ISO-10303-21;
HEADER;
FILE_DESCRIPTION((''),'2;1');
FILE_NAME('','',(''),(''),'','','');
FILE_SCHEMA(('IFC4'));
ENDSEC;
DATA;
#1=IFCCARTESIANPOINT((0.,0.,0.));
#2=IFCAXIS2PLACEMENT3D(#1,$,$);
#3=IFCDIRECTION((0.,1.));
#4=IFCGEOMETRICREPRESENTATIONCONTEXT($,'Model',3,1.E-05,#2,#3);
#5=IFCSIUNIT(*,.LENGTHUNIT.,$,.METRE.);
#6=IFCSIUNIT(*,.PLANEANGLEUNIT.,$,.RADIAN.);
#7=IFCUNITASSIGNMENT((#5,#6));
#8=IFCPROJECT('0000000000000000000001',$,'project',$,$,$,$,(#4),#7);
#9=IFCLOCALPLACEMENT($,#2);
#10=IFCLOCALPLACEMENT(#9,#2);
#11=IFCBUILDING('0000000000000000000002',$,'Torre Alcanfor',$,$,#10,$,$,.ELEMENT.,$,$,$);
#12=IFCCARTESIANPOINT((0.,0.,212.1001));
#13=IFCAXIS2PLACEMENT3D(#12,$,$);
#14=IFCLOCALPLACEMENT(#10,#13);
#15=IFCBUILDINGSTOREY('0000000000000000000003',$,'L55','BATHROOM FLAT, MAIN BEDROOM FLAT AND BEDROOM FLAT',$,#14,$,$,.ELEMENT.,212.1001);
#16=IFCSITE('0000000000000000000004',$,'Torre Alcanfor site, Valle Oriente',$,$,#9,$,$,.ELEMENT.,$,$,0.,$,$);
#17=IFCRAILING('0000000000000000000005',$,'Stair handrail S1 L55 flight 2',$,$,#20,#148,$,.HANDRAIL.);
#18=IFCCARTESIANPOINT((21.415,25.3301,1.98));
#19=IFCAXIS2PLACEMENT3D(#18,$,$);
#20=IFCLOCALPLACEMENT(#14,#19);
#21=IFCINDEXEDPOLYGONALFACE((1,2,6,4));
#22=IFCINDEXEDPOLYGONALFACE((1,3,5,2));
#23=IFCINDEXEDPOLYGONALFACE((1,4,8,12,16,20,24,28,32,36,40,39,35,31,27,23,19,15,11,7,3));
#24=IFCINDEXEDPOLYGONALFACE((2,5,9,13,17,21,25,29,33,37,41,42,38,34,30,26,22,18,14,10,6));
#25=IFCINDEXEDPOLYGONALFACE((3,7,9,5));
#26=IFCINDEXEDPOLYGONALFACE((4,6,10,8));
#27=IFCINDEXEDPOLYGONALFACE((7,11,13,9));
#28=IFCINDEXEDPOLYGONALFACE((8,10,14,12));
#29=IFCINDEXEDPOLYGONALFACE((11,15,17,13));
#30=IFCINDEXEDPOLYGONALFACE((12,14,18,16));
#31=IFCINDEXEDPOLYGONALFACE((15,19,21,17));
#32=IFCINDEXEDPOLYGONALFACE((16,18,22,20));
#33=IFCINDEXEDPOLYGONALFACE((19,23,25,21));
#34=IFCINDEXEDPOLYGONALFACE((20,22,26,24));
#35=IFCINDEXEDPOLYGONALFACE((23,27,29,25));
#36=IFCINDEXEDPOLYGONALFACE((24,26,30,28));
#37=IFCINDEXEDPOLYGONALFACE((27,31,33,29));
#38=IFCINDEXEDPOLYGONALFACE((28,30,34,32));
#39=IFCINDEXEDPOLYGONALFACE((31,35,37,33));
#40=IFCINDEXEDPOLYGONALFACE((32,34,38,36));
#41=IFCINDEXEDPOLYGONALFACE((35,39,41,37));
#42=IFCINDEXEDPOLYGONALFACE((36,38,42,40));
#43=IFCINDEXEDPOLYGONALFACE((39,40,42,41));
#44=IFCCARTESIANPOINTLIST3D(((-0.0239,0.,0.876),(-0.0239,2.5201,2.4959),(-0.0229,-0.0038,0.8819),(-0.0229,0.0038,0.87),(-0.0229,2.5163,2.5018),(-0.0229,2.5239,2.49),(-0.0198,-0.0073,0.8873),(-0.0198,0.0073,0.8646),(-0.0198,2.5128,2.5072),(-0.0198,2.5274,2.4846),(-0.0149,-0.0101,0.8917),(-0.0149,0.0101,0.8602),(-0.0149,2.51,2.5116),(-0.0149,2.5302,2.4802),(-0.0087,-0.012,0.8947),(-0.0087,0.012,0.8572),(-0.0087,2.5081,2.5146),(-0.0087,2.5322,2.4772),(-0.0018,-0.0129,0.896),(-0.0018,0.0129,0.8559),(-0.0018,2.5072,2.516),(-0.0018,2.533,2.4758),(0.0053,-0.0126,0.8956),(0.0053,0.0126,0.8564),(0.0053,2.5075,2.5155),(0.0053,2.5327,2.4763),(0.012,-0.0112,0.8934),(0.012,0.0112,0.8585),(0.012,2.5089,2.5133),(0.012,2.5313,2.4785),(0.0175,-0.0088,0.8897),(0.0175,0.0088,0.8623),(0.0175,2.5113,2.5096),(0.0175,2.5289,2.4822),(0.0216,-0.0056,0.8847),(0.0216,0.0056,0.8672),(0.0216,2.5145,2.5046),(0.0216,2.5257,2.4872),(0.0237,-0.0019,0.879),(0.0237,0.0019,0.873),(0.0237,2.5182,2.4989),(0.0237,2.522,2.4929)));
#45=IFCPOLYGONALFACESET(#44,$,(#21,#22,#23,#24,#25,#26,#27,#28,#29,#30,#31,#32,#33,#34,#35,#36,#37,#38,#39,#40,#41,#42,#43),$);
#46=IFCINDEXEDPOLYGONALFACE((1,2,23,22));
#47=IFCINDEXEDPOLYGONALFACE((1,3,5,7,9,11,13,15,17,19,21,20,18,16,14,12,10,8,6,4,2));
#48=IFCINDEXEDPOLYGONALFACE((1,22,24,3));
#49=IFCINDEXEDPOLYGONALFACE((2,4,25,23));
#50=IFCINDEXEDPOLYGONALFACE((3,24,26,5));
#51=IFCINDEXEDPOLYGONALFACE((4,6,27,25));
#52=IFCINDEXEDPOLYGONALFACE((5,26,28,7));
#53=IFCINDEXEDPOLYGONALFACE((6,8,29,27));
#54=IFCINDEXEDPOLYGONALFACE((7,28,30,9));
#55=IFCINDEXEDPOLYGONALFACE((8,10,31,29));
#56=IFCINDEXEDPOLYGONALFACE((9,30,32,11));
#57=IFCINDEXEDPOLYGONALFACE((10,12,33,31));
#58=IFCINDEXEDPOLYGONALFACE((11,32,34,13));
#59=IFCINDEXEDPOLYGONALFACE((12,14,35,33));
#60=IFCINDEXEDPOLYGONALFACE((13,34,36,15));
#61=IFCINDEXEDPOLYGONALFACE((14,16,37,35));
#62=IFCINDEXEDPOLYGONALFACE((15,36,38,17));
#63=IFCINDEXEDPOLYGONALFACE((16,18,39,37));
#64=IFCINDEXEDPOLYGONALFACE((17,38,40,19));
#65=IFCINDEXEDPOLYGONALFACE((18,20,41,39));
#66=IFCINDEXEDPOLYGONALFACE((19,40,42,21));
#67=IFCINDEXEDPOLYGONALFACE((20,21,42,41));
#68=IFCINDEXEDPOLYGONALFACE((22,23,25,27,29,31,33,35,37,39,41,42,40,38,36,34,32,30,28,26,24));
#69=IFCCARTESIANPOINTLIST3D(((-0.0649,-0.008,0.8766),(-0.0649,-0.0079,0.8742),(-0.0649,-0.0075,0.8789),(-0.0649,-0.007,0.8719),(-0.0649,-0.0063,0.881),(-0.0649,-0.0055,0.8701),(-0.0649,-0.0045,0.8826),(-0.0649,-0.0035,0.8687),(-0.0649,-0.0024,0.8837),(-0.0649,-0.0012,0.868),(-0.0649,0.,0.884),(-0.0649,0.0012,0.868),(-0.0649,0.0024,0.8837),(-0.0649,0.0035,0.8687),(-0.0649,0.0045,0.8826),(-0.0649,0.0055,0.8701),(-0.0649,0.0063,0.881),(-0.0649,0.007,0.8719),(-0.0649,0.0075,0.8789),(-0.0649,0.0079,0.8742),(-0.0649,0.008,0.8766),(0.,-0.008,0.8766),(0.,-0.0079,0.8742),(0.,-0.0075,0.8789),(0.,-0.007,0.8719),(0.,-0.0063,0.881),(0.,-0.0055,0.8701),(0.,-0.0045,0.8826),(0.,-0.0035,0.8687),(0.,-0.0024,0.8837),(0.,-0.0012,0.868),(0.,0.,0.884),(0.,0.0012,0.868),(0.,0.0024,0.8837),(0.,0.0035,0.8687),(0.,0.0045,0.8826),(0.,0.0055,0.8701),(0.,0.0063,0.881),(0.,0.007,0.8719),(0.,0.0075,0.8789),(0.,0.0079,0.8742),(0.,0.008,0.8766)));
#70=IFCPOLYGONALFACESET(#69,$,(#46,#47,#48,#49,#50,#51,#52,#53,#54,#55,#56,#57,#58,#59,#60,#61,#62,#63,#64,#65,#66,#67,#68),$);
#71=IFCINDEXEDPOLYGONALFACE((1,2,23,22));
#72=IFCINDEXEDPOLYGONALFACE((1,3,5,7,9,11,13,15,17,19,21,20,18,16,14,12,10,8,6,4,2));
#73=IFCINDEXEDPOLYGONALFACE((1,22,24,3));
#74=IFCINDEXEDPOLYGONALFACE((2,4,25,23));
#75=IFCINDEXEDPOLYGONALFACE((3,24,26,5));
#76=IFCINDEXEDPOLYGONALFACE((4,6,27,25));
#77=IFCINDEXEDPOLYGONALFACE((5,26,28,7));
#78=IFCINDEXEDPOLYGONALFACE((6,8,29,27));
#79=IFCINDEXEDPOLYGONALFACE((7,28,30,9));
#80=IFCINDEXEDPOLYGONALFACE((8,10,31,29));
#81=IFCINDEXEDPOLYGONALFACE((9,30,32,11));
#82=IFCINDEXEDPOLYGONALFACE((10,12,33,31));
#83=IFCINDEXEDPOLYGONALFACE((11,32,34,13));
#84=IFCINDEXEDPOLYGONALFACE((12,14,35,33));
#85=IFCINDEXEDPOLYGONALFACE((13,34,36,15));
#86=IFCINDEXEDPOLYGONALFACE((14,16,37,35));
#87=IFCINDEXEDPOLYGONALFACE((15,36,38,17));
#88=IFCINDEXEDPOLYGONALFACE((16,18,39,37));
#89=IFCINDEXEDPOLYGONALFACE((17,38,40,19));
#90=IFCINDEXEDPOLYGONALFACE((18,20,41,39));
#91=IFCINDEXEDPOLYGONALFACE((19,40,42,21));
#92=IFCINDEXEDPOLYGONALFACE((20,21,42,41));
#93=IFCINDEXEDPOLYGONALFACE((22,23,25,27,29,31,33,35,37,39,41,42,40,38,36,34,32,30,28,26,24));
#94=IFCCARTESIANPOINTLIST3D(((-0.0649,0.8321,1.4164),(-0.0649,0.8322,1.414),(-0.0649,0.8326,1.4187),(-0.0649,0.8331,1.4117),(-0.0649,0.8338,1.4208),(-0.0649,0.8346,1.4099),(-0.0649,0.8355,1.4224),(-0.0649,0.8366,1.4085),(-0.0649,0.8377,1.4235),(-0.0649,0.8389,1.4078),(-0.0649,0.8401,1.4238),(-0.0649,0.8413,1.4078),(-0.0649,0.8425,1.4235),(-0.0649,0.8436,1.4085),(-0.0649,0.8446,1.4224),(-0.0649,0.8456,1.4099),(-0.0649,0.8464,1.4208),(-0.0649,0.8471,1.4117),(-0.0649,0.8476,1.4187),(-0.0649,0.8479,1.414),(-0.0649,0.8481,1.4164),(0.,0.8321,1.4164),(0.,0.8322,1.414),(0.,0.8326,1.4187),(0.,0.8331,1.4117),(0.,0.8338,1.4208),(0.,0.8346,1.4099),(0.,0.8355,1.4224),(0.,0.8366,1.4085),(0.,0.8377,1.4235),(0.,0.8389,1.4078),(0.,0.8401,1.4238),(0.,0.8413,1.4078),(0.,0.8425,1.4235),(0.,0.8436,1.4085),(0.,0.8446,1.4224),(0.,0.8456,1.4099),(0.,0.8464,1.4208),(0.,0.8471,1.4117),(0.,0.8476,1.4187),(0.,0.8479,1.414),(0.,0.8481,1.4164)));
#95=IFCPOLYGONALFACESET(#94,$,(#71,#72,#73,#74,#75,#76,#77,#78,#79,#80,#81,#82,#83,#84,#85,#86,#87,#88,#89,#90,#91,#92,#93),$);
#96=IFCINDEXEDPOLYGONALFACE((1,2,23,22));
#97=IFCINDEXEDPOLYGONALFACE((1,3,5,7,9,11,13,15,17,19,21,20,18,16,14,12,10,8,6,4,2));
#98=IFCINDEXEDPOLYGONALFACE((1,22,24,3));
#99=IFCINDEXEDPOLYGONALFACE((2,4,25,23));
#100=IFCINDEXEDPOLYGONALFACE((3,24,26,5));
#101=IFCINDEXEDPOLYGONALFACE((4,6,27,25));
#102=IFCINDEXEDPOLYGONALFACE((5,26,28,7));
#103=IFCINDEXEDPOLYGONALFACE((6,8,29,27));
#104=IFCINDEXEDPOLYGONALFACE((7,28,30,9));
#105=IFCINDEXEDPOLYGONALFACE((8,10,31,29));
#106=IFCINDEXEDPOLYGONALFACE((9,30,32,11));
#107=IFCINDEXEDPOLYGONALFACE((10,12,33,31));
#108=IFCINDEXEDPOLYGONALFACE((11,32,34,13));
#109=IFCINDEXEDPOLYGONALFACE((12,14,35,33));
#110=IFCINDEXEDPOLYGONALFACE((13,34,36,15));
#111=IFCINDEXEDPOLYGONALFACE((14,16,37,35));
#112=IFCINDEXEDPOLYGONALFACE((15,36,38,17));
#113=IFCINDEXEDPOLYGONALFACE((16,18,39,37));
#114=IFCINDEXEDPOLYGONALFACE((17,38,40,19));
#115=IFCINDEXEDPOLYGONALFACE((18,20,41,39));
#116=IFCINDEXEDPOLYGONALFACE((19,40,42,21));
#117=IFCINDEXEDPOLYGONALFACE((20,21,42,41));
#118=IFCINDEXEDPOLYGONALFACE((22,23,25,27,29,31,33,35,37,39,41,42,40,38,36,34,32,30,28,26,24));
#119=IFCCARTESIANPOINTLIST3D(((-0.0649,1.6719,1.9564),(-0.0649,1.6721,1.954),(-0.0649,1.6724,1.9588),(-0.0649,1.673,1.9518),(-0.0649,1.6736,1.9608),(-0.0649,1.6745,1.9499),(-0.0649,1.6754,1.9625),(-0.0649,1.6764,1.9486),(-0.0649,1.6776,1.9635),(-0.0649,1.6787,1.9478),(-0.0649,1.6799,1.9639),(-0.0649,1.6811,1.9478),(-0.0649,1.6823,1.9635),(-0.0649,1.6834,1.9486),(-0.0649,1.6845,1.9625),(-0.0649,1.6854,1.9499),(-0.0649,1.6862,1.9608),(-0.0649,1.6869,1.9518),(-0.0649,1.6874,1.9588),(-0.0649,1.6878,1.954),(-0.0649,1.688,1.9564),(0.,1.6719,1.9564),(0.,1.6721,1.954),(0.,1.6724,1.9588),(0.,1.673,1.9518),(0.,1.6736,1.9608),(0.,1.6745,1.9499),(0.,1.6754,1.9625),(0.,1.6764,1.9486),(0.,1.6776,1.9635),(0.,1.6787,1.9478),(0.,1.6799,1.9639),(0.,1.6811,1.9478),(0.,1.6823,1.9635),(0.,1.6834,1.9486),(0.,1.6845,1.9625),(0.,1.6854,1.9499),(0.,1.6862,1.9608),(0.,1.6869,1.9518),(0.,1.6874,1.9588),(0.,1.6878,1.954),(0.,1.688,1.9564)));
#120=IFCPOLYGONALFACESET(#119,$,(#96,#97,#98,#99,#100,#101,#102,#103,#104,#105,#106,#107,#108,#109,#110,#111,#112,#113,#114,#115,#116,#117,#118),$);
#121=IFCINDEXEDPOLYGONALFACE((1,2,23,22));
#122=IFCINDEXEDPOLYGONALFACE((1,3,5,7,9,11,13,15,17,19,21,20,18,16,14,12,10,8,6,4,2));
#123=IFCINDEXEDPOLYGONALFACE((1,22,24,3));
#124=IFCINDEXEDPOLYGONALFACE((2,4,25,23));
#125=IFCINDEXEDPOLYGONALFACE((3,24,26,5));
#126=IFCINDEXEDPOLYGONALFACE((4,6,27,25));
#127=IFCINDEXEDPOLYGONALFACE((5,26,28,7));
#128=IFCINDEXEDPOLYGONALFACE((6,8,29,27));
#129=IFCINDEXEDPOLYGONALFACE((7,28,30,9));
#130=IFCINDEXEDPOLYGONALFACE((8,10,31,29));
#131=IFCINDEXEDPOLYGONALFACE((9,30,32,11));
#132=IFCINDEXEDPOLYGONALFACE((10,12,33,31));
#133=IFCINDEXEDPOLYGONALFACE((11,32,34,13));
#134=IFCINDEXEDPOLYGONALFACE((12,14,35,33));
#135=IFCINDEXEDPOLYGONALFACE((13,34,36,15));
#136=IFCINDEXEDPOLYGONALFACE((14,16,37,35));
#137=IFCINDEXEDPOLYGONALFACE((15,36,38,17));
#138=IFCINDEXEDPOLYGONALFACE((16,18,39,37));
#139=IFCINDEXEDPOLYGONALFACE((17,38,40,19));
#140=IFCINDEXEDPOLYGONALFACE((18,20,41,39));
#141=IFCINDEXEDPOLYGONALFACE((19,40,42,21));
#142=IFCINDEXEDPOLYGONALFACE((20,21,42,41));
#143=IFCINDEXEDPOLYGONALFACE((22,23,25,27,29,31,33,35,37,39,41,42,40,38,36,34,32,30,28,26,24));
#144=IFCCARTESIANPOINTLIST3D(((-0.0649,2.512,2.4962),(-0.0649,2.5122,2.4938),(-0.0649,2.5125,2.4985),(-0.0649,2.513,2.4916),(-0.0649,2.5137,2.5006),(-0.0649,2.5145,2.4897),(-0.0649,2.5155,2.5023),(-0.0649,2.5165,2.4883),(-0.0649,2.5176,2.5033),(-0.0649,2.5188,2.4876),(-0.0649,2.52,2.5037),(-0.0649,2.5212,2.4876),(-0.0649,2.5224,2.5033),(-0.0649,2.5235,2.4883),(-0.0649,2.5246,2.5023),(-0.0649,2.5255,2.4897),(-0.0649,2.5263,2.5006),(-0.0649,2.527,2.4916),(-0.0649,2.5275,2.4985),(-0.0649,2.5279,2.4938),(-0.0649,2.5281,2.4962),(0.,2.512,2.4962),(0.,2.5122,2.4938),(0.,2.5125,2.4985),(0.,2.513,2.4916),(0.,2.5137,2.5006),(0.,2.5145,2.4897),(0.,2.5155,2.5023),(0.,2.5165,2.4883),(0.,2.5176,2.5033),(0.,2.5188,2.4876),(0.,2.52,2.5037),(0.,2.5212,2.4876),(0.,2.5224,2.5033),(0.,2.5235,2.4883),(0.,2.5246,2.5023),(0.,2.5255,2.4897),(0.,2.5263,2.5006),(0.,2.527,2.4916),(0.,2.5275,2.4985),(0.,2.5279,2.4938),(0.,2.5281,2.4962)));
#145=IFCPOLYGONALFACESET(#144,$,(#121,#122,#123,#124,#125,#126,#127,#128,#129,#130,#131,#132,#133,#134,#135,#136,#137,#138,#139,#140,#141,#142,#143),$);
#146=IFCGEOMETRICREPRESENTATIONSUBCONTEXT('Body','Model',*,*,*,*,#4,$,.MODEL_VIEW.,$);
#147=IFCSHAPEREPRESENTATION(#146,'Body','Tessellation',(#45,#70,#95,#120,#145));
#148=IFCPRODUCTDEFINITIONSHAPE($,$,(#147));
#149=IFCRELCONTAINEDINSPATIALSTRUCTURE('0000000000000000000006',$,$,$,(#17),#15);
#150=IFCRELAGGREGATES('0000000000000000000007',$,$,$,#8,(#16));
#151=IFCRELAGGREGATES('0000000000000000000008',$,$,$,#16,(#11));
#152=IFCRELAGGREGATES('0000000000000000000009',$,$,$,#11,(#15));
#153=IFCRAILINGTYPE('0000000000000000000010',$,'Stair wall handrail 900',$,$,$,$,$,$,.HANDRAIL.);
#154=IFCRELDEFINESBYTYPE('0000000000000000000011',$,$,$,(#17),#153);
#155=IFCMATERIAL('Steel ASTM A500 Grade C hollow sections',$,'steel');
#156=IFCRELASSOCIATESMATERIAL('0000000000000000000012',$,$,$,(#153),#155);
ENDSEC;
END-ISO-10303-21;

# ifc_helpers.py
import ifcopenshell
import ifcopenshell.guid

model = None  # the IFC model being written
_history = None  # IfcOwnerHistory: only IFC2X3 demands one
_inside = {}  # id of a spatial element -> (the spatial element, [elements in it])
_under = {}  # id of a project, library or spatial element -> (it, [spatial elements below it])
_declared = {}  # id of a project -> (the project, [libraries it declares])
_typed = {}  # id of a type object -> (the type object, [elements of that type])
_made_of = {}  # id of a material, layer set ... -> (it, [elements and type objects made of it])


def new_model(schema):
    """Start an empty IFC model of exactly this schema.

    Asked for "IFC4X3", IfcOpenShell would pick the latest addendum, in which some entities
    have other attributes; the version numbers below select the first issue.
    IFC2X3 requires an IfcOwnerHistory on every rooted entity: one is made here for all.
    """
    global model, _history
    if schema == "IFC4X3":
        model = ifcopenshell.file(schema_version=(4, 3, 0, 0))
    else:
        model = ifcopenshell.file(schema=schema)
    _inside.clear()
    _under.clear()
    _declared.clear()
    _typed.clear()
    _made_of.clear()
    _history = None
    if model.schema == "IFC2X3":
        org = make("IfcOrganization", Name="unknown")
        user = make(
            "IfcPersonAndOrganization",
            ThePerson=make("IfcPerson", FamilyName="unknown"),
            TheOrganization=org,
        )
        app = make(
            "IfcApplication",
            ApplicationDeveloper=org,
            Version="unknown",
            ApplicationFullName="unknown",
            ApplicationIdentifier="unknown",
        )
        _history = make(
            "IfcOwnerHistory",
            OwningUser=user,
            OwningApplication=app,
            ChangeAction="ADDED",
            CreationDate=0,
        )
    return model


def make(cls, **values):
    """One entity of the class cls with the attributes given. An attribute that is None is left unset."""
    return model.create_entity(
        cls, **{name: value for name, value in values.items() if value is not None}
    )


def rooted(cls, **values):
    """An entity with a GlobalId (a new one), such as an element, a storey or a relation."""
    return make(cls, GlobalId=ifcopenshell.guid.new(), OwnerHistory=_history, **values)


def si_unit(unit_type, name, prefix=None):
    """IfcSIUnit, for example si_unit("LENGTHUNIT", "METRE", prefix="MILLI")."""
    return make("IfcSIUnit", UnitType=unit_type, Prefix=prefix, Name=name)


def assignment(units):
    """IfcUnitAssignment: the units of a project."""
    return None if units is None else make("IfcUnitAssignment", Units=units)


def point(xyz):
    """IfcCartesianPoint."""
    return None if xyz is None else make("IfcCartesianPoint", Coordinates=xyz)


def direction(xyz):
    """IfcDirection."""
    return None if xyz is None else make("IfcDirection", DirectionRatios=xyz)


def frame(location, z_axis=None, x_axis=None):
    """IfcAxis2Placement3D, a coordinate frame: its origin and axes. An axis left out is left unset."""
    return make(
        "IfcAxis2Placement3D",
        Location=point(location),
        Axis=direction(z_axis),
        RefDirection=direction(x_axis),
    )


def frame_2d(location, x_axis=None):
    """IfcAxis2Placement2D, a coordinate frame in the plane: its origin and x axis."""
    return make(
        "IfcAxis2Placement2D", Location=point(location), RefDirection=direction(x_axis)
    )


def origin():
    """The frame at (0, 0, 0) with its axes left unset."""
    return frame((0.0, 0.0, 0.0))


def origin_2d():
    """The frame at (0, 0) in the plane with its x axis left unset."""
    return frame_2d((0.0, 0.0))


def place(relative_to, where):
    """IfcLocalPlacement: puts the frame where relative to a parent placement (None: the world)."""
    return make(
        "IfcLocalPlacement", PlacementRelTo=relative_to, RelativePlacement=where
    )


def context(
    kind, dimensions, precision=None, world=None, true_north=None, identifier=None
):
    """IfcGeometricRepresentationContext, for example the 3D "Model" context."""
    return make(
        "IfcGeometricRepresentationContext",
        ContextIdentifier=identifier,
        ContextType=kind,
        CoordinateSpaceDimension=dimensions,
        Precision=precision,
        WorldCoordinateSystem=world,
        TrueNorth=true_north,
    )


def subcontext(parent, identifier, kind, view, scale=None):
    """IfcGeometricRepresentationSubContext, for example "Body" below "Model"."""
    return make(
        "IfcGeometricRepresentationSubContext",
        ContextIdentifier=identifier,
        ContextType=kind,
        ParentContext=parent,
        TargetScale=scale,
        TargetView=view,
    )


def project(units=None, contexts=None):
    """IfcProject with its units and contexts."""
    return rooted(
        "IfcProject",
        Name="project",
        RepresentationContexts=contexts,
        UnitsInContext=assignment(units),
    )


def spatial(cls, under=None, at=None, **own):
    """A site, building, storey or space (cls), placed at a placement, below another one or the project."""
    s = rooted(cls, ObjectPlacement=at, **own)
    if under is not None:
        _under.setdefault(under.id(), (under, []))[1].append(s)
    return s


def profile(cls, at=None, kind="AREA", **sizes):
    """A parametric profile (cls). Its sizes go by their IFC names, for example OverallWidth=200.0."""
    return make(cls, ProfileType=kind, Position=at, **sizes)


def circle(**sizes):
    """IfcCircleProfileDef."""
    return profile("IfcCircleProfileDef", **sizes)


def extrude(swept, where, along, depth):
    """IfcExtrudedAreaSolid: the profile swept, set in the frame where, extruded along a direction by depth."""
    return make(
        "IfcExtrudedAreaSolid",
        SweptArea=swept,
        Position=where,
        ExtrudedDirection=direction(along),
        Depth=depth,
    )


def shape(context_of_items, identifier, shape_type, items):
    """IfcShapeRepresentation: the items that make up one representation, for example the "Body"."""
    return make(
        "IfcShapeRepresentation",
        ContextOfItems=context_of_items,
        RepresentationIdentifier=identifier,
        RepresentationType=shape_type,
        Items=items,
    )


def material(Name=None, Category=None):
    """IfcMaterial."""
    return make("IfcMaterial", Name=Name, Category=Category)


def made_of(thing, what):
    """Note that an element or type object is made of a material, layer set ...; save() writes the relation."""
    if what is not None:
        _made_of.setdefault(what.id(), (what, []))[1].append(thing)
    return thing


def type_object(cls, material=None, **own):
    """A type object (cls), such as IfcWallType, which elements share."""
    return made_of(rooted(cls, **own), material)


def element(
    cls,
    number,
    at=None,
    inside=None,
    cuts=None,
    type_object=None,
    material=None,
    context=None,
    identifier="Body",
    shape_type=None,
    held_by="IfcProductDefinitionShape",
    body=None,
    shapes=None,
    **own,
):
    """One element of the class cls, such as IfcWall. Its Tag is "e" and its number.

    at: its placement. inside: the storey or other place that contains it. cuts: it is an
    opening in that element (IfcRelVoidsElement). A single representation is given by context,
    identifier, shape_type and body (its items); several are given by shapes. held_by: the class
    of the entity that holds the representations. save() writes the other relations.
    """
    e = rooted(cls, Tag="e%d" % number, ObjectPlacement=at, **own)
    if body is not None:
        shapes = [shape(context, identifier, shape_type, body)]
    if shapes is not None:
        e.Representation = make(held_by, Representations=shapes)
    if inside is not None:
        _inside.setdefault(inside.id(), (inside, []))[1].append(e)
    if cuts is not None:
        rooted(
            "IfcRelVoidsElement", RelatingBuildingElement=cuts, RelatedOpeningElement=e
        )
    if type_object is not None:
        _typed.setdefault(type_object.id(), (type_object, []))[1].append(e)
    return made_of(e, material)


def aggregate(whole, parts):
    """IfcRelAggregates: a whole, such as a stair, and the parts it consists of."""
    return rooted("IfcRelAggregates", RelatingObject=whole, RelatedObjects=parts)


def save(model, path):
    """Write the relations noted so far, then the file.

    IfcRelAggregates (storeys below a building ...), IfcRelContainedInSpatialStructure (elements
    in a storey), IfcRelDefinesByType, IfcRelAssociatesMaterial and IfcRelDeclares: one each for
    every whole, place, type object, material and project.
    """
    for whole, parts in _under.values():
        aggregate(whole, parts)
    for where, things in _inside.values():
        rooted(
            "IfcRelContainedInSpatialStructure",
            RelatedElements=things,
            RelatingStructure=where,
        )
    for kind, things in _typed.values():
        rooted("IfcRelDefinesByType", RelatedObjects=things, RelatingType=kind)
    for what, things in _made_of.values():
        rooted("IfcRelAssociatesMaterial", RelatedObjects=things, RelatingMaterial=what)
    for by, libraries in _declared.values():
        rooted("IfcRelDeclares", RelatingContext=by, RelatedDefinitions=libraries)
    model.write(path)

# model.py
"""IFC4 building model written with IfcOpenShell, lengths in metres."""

from ifc_helpers import new_model, si_unit, direction, frame, origin, origin_2d, place, context, subcontext, project, spatial, circle, extrude, material, type_object, element, save


model = new_model("IFC4")

# Units and contexts
model_context = context("Model", 3, precision=1e-05, world=origin(), true_north=direction((0.0, 1.0)))
body_context = subcontext(model_context, "Body", "Model", "MODEL_VIEW")
ifc_project = project(units=[si_unit("LENGTHUNIT", "METRE"), si_unit("PLANEANGLEUNIT", "RADIAN")], contexts=[model_context])

# Site, building, storey
site_placement = place(None, origin())
site = spatial("IfcSite", under=ifc_project, at=site_placement, Name="Torre Alcanfor site, Valle Oriente", CompositionType="ELEMENT", RefElevation=0.0)
building_placement = place(site_placement, origin())
building = spatial("IfcBuilding", under=site, at=building_placement, Name="Torre Alcanfor", CompositionType="ELEMENT")
storey_placement = place(building_placement, frame((0.0, 0.0, 212.1001)))
storey = spatial("IfcBuildingStorey", under=building, at=storey_placement, Name="L55", Description="BATHROOM FLAT, MAIN BEDROOM FLAT AND BEDROOM FLAT", CompositionType="ELEMENT", Elevation=212.1001)

# Railing
ifc_material_1 = material(Name="Steel ASTM A500 Grade C hollow sections", Category="steel")
railing_type_1 = type_object("IfcRailingType", Name="Stair wall handrail 900", PredefinedType="HANDRAIL", material=ifc_material_1)
railing_1_placement = place(storey_placement, frame((21.415, 25.3301, 1.98)))
element("IfcRailing", 1, at=railing_1_placement, inside=storey, type_object=railing_type_1, Name="Stair handrail S1 L55 flight 2", PredefinedType="HANDRAIL", context=body_context, shape_type="SweptSolid", body=[
    extrude(circle(Radius=0.0239, at=origin_2d()), frame((0.0, 0.0, 0.876), z_axis=(0.0, 0.8412, 0.540725), x_axis=(-1.0, 0.0, 0.0)), (0.0, 0.0, 1.0), 2.9958),
    extrude(circle(Radius=0.0081, at=origin_2d()), frame((0.0, 0.0, 0.876), z_axis=(-1.0, 0.0, 0.0), x_axis=(0.0, 0.0, 1.0)), (0.0, 0.0, 1.0), 0.0649),
    extrude(circle(Radius=0.0081, at=origin_2d()), frame((0.0, 0.8401, 1.4158), z_axis=(-1.0, 0.0, 0.0), x_axis=(0.0, 0.0, 1.0)), (0.0, 0.0, 1.0), 0.0649),
    extrude(circle(Radius=0.0081, at=origin_2d()), frame((0.0, 1.6799, 1.9558), z_axis=(-1.0, 0.0, 0.0), x_axis=(0.0, 0.0, 1.0)), (0.0, 0.0, 1.0), 0.0649),
    extrude(circle(Radius=0.0081, at=origin_2d()), frame((0.0, 2.52, 2.4956), z_axis=(-1.0, 0.0, 0.0), x_axis=(0.0, 0.0, 1.0)), (0.0, 0.0, 1.0), 0.0649),
])

save(model, "model.ifc")
